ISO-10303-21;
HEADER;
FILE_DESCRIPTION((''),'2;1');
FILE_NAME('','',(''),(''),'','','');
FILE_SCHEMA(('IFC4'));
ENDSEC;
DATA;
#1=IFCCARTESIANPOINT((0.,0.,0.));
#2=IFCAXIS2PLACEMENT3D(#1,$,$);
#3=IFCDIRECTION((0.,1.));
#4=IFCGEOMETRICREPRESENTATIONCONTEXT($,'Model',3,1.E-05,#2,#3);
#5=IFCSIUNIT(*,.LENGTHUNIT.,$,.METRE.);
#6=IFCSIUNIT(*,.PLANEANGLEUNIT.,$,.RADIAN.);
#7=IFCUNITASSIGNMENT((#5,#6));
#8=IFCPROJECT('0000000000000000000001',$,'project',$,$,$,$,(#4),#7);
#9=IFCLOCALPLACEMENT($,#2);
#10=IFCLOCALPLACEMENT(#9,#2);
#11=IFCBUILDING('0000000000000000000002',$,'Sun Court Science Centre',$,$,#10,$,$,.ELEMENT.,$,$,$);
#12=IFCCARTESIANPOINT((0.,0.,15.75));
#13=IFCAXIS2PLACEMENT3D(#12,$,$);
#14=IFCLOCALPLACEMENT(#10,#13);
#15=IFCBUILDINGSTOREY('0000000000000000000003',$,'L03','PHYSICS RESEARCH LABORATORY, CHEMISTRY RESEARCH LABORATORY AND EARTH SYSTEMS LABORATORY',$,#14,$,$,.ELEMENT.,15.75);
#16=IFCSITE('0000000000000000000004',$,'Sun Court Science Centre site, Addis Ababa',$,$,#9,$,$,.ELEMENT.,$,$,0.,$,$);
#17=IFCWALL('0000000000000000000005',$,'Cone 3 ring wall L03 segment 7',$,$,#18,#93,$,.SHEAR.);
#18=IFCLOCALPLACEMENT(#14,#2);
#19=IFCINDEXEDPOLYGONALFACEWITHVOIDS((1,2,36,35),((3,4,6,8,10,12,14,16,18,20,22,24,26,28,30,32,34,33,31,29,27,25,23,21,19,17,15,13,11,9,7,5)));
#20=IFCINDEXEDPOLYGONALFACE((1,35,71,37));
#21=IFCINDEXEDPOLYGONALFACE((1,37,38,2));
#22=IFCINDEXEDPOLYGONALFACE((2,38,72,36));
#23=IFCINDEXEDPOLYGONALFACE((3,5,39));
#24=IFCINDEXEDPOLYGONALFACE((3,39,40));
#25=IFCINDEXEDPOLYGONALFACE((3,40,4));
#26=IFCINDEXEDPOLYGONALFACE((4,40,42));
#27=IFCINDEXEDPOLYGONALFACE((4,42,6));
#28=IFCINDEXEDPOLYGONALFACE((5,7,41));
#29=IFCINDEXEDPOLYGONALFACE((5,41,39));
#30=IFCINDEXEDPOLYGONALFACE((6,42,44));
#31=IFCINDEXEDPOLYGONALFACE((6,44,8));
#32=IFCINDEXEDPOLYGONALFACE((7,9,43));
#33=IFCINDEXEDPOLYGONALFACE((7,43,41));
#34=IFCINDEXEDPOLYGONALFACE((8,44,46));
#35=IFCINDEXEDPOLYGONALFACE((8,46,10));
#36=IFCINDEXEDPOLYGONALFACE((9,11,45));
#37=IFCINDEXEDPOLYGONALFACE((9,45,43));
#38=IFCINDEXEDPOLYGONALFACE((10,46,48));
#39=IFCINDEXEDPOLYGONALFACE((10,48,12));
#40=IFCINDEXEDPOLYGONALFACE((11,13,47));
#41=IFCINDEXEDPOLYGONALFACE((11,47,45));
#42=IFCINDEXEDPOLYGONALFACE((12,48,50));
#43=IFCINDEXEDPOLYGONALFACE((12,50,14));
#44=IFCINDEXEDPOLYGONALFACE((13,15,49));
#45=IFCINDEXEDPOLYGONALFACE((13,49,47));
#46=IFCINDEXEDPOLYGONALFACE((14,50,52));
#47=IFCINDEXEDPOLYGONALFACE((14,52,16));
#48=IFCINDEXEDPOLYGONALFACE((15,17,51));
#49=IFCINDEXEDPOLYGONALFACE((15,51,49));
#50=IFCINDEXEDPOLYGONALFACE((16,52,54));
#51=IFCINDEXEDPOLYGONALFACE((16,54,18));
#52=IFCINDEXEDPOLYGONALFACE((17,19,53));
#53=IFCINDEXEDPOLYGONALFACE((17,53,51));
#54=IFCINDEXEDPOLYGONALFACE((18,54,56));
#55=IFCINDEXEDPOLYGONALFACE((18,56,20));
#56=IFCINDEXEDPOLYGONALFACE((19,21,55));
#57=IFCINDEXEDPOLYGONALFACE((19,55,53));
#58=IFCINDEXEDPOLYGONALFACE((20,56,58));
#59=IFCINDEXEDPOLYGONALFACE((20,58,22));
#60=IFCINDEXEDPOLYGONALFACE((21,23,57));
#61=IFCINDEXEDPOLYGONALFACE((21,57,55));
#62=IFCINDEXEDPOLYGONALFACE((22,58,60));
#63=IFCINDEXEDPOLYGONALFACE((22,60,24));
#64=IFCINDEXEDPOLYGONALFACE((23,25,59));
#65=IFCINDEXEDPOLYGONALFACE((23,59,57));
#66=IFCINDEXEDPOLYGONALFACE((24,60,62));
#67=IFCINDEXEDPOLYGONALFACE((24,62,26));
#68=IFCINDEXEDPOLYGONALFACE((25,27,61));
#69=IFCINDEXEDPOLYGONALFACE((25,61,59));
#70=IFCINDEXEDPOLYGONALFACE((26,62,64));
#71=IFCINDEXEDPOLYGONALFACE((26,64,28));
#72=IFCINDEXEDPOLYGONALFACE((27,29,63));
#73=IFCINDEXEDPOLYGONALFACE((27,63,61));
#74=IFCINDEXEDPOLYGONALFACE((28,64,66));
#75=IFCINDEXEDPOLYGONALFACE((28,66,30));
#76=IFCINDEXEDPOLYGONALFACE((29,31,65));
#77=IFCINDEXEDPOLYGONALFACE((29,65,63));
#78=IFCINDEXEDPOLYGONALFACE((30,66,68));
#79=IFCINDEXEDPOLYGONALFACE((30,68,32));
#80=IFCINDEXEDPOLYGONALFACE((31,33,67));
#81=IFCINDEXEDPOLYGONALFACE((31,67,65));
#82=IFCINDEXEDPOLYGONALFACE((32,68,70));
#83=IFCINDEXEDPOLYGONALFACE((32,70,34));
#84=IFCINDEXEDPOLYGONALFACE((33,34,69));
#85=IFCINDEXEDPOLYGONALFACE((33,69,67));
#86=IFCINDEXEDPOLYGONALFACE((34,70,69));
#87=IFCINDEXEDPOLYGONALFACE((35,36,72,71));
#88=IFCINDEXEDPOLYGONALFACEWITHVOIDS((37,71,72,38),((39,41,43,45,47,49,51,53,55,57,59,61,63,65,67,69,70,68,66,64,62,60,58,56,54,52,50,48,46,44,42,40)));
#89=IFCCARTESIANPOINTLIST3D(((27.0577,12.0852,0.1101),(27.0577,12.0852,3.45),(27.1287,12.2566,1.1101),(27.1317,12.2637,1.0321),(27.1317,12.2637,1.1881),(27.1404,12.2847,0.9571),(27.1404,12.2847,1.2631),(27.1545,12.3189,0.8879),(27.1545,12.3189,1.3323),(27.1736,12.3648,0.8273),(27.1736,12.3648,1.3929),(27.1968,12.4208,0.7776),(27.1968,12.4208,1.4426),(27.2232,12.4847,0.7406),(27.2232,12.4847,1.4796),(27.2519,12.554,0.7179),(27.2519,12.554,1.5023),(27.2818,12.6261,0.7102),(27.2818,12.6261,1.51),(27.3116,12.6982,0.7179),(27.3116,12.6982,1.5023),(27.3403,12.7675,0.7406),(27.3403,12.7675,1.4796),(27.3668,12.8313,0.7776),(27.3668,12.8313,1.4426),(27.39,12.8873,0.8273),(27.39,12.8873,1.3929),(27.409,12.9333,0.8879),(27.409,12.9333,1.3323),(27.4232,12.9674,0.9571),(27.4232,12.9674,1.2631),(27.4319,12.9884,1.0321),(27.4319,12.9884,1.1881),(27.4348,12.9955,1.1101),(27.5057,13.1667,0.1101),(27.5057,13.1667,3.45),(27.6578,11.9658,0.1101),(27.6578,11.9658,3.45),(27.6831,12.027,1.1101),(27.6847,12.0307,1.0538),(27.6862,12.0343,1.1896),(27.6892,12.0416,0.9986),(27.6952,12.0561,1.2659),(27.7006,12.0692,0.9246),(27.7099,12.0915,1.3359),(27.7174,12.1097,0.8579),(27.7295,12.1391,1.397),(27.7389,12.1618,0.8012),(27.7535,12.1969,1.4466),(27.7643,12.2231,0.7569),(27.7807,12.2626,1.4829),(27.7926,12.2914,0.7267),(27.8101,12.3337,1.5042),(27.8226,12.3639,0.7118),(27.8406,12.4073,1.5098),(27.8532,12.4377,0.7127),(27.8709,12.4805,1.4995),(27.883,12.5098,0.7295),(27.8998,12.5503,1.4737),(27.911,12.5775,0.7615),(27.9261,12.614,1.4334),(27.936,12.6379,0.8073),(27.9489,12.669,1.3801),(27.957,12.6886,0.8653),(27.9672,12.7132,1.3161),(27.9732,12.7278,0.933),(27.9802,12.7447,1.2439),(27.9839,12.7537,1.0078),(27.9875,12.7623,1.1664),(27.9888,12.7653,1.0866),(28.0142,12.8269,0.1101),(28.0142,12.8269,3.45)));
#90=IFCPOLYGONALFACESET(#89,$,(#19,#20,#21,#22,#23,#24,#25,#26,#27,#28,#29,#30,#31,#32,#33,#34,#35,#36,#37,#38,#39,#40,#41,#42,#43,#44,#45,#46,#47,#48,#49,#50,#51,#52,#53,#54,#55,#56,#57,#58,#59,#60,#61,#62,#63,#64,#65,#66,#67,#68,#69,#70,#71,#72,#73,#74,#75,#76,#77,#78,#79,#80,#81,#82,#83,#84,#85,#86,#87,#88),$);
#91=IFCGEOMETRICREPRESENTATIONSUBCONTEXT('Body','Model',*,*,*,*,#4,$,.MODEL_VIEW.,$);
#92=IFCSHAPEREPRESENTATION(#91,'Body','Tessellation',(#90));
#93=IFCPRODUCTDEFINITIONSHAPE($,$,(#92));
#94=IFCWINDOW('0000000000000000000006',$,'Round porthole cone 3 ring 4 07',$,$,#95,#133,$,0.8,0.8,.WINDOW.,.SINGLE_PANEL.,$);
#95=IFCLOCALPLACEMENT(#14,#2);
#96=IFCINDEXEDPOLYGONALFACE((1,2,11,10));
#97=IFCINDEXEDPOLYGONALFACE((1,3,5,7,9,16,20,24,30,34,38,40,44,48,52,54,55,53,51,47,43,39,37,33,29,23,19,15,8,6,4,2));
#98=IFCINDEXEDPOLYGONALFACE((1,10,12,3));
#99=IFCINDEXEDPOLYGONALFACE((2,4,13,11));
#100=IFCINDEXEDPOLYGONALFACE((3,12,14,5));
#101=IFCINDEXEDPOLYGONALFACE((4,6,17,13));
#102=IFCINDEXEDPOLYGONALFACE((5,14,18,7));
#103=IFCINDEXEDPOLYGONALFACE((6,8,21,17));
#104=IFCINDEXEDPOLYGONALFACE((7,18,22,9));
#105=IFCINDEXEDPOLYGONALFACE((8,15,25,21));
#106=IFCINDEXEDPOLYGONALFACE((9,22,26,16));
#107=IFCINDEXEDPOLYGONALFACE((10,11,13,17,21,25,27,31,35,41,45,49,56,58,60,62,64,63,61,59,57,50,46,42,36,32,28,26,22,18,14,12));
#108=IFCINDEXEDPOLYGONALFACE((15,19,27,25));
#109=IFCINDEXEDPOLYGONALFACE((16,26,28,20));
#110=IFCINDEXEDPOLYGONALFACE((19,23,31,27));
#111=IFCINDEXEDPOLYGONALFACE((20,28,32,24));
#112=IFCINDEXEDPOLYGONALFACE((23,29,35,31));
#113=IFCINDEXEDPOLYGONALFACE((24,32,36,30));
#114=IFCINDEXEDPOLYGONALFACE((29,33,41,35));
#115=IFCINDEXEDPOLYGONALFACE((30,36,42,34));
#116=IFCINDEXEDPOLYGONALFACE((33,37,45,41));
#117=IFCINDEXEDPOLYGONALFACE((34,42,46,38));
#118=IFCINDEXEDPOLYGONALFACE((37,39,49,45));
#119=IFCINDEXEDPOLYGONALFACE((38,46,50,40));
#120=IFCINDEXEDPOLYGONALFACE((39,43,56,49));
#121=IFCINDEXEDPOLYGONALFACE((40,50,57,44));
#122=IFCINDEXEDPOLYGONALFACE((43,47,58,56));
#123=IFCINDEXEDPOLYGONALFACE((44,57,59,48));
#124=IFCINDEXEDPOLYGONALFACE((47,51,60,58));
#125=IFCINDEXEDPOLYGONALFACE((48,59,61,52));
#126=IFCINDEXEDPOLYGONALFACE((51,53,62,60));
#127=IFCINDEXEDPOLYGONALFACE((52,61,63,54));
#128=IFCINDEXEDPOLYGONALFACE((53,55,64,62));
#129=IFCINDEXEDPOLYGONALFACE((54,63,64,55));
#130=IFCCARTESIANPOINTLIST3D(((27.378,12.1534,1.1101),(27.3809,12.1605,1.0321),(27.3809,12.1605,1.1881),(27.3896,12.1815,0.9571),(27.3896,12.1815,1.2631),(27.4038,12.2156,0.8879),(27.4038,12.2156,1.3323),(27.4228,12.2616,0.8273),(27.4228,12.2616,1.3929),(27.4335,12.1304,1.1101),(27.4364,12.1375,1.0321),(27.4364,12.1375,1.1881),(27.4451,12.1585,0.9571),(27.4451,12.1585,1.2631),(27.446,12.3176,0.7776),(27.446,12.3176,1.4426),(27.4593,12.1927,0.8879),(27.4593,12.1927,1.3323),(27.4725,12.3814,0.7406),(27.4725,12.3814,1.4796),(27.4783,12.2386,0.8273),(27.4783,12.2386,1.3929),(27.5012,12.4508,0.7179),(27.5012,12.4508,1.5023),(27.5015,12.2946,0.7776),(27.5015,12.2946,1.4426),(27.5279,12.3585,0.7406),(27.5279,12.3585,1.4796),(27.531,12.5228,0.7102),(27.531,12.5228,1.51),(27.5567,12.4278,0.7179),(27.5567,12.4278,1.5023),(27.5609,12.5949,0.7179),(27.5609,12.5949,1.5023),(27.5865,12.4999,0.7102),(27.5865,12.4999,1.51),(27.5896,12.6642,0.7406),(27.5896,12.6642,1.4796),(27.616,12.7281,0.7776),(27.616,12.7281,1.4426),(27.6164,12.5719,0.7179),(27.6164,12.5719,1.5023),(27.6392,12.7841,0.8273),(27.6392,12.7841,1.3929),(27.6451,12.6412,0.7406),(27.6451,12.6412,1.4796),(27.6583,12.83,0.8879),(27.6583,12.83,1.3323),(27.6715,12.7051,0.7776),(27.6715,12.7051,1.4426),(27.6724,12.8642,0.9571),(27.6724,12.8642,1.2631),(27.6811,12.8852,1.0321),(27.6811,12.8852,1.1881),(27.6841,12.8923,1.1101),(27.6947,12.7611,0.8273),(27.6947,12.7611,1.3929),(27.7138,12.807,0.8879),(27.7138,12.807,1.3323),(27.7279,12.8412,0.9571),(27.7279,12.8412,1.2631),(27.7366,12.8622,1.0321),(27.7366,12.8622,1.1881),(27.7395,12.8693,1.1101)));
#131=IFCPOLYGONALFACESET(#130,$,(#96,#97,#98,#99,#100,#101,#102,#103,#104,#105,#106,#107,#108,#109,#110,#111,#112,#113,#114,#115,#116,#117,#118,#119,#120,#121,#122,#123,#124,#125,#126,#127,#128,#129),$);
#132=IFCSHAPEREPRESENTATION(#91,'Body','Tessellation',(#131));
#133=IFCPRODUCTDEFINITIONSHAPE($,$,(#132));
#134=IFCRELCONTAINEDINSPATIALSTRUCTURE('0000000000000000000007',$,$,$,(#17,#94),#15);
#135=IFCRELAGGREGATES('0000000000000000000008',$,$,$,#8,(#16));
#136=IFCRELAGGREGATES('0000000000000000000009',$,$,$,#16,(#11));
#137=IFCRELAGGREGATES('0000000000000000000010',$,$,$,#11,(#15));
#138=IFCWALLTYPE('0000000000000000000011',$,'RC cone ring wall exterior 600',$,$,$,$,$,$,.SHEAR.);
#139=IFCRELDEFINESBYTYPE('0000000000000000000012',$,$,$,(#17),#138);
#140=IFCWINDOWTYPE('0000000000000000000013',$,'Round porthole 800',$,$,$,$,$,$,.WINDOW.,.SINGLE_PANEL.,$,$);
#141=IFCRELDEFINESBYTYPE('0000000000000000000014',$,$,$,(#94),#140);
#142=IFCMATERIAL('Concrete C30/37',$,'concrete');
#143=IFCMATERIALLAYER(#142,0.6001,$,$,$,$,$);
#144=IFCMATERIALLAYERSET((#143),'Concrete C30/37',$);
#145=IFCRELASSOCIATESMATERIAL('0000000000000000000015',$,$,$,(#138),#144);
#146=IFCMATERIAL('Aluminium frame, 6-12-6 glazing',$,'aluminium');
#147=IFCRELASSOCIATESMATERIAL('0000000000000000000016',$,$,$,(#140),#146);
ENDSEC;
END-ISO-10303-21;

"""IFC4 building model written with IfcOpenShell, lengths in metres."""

from ifc_helpers import new_model, si_unit, direction, frame, frame_2d, origin, place, context, subcontext, project, spatial, polyline, circle, outline, extrude, material, layer, layer_set, type_object, element, fill, save


model = new_model("IFC4")

# Units and contexts
model_context = context("Model", 3, precision=1e-05, world=origin(), true_north=direction((0.0, 1.0)))
body_context = subcontext(model_context, "Body", "Model", "MODEL_VIEW")
ifc_project = project(units=[si_unit("LENGTHUNIT", "METRE"), si_unit("PLANEANGLEUNIT", "RADIAN")], contexts=[model_context])

# Site, building, storey
site_placement = place(None, origin())
site = spatial("IfcSite", under=ifc_project, at=site_placement, Name="Sun Court Science Centre site, Addis Ababa", CompositionType="ELEMENT", RefElevation=0.0)
building_placement = place(site_placement, origin())
building = spatial("IfcBuilding", under=site, at=building_placement, Name="Sun Court Science Centre", CompositionType="ELEMENT")
storey_placement = place(building_placement, frame((0.0, 0.0, 15.75)))
storey = spatial("IfcBuildingStorey", under=building, at=storey_placement, Name="L03", Description="PHYSICS RESEARCH LABORATORY, CHEMISTRY RESEARCH LABORATORY AND EARTH SYSTEMS LABORATORY", CompositionType="ELEMENT", Elevation=15.75)

# Wall, opening, window
ifc_material_1 = material(Name="Concrete C30/37", Category="concrete")
ifc_layer_1 = layer(ifc_material_1, 0.6001)
ifc_layer_set_1 = layer_set([ifc_layer_1], Name="Concrete C30/37")
wall_type = type_object("IfcWallType", Name="RC cone ring wall exterior 600", PredefinedType="SHEAR", material=ifc_layer_set_1)
wall_1_placement = place(storey_placement, frame((27.7827, 13.052, 0.1101), z_axis=(0.0, 0.0, 1.0), x_axis=(-0.382689, -0.923877, 0.0)))
wall_1 = element("IfcWall", 1, at=wall_1_placement, inside=storey, type_object=wall_type, Name="Cone 3 ring wall L03 segment 7", PredefinedType="SHEAR", context=body_context, shape_type="SweptSolid", body=[
    extrude(outline(polyline([(0.0, -0.2998), (1.1707, -0.2998), (1.0513, 0.3003), (0.1194, 0.3), (0.0, -0.2998)])), origin(), (0.0, 0.0, 1.0), 3.3398),
])
opening_1_placement = place(wall_1_placement, frame((0.1853, 0.0, 0.6001)))
opening_1 = element("IfcOpeningElement", 2, at=opening_1_placement, cuts=wall_1, PredefinedType="OPENING", context=body_context, shape_type="SweptSolid", body=[
    extrude(circle(Radius=0.3999, at=frame_2d((0.3999, 0.3999))), frame((0.0, 0.3101, 0.0), z_axis=(0.0, -1.0, 0.0), x_axis=(1.0, 0.0, 0.0)), (0.0, 0.0, 1.0), 0.6201),
])
ifc_material_2 = material(Name="Aluminium frame, 6-12-6 glazing", Category="aluminium")
window_type = type_object("IfcWindowType", Name="Round porthole 800", PartitioningType="SINGLE_PANEL", PredefinedType="WINDOW", material=ifc_material_2)
window_1_placement = place(opening_1_placement, origin())
window_1 = element("IfcWindow", 3, at=window_1_placement, inside=storey, type_object=window_type, Name="Round porthole cone 3 ring 4 07", OverallHeight=0.8, OverallWidth=0.8, PartitioningType="SINGLE_PANEL", PredefinedType="WINDOW", context=body_context, shape_type="SweptSolid", body=[
    extrude(circle(Radius=0.3999, at=frame_2d((0.3999, 0.3999))), frame((0.0, 0.03, 0.0), z_axis=(0.0, -1.0, 0.0), x_axis=(1.0, 0.0, 0.0)), (0.0, 0.0, 1.0), 0.0601),
])
fill(opening_1, window_1)

save(model, "model.ifc")
